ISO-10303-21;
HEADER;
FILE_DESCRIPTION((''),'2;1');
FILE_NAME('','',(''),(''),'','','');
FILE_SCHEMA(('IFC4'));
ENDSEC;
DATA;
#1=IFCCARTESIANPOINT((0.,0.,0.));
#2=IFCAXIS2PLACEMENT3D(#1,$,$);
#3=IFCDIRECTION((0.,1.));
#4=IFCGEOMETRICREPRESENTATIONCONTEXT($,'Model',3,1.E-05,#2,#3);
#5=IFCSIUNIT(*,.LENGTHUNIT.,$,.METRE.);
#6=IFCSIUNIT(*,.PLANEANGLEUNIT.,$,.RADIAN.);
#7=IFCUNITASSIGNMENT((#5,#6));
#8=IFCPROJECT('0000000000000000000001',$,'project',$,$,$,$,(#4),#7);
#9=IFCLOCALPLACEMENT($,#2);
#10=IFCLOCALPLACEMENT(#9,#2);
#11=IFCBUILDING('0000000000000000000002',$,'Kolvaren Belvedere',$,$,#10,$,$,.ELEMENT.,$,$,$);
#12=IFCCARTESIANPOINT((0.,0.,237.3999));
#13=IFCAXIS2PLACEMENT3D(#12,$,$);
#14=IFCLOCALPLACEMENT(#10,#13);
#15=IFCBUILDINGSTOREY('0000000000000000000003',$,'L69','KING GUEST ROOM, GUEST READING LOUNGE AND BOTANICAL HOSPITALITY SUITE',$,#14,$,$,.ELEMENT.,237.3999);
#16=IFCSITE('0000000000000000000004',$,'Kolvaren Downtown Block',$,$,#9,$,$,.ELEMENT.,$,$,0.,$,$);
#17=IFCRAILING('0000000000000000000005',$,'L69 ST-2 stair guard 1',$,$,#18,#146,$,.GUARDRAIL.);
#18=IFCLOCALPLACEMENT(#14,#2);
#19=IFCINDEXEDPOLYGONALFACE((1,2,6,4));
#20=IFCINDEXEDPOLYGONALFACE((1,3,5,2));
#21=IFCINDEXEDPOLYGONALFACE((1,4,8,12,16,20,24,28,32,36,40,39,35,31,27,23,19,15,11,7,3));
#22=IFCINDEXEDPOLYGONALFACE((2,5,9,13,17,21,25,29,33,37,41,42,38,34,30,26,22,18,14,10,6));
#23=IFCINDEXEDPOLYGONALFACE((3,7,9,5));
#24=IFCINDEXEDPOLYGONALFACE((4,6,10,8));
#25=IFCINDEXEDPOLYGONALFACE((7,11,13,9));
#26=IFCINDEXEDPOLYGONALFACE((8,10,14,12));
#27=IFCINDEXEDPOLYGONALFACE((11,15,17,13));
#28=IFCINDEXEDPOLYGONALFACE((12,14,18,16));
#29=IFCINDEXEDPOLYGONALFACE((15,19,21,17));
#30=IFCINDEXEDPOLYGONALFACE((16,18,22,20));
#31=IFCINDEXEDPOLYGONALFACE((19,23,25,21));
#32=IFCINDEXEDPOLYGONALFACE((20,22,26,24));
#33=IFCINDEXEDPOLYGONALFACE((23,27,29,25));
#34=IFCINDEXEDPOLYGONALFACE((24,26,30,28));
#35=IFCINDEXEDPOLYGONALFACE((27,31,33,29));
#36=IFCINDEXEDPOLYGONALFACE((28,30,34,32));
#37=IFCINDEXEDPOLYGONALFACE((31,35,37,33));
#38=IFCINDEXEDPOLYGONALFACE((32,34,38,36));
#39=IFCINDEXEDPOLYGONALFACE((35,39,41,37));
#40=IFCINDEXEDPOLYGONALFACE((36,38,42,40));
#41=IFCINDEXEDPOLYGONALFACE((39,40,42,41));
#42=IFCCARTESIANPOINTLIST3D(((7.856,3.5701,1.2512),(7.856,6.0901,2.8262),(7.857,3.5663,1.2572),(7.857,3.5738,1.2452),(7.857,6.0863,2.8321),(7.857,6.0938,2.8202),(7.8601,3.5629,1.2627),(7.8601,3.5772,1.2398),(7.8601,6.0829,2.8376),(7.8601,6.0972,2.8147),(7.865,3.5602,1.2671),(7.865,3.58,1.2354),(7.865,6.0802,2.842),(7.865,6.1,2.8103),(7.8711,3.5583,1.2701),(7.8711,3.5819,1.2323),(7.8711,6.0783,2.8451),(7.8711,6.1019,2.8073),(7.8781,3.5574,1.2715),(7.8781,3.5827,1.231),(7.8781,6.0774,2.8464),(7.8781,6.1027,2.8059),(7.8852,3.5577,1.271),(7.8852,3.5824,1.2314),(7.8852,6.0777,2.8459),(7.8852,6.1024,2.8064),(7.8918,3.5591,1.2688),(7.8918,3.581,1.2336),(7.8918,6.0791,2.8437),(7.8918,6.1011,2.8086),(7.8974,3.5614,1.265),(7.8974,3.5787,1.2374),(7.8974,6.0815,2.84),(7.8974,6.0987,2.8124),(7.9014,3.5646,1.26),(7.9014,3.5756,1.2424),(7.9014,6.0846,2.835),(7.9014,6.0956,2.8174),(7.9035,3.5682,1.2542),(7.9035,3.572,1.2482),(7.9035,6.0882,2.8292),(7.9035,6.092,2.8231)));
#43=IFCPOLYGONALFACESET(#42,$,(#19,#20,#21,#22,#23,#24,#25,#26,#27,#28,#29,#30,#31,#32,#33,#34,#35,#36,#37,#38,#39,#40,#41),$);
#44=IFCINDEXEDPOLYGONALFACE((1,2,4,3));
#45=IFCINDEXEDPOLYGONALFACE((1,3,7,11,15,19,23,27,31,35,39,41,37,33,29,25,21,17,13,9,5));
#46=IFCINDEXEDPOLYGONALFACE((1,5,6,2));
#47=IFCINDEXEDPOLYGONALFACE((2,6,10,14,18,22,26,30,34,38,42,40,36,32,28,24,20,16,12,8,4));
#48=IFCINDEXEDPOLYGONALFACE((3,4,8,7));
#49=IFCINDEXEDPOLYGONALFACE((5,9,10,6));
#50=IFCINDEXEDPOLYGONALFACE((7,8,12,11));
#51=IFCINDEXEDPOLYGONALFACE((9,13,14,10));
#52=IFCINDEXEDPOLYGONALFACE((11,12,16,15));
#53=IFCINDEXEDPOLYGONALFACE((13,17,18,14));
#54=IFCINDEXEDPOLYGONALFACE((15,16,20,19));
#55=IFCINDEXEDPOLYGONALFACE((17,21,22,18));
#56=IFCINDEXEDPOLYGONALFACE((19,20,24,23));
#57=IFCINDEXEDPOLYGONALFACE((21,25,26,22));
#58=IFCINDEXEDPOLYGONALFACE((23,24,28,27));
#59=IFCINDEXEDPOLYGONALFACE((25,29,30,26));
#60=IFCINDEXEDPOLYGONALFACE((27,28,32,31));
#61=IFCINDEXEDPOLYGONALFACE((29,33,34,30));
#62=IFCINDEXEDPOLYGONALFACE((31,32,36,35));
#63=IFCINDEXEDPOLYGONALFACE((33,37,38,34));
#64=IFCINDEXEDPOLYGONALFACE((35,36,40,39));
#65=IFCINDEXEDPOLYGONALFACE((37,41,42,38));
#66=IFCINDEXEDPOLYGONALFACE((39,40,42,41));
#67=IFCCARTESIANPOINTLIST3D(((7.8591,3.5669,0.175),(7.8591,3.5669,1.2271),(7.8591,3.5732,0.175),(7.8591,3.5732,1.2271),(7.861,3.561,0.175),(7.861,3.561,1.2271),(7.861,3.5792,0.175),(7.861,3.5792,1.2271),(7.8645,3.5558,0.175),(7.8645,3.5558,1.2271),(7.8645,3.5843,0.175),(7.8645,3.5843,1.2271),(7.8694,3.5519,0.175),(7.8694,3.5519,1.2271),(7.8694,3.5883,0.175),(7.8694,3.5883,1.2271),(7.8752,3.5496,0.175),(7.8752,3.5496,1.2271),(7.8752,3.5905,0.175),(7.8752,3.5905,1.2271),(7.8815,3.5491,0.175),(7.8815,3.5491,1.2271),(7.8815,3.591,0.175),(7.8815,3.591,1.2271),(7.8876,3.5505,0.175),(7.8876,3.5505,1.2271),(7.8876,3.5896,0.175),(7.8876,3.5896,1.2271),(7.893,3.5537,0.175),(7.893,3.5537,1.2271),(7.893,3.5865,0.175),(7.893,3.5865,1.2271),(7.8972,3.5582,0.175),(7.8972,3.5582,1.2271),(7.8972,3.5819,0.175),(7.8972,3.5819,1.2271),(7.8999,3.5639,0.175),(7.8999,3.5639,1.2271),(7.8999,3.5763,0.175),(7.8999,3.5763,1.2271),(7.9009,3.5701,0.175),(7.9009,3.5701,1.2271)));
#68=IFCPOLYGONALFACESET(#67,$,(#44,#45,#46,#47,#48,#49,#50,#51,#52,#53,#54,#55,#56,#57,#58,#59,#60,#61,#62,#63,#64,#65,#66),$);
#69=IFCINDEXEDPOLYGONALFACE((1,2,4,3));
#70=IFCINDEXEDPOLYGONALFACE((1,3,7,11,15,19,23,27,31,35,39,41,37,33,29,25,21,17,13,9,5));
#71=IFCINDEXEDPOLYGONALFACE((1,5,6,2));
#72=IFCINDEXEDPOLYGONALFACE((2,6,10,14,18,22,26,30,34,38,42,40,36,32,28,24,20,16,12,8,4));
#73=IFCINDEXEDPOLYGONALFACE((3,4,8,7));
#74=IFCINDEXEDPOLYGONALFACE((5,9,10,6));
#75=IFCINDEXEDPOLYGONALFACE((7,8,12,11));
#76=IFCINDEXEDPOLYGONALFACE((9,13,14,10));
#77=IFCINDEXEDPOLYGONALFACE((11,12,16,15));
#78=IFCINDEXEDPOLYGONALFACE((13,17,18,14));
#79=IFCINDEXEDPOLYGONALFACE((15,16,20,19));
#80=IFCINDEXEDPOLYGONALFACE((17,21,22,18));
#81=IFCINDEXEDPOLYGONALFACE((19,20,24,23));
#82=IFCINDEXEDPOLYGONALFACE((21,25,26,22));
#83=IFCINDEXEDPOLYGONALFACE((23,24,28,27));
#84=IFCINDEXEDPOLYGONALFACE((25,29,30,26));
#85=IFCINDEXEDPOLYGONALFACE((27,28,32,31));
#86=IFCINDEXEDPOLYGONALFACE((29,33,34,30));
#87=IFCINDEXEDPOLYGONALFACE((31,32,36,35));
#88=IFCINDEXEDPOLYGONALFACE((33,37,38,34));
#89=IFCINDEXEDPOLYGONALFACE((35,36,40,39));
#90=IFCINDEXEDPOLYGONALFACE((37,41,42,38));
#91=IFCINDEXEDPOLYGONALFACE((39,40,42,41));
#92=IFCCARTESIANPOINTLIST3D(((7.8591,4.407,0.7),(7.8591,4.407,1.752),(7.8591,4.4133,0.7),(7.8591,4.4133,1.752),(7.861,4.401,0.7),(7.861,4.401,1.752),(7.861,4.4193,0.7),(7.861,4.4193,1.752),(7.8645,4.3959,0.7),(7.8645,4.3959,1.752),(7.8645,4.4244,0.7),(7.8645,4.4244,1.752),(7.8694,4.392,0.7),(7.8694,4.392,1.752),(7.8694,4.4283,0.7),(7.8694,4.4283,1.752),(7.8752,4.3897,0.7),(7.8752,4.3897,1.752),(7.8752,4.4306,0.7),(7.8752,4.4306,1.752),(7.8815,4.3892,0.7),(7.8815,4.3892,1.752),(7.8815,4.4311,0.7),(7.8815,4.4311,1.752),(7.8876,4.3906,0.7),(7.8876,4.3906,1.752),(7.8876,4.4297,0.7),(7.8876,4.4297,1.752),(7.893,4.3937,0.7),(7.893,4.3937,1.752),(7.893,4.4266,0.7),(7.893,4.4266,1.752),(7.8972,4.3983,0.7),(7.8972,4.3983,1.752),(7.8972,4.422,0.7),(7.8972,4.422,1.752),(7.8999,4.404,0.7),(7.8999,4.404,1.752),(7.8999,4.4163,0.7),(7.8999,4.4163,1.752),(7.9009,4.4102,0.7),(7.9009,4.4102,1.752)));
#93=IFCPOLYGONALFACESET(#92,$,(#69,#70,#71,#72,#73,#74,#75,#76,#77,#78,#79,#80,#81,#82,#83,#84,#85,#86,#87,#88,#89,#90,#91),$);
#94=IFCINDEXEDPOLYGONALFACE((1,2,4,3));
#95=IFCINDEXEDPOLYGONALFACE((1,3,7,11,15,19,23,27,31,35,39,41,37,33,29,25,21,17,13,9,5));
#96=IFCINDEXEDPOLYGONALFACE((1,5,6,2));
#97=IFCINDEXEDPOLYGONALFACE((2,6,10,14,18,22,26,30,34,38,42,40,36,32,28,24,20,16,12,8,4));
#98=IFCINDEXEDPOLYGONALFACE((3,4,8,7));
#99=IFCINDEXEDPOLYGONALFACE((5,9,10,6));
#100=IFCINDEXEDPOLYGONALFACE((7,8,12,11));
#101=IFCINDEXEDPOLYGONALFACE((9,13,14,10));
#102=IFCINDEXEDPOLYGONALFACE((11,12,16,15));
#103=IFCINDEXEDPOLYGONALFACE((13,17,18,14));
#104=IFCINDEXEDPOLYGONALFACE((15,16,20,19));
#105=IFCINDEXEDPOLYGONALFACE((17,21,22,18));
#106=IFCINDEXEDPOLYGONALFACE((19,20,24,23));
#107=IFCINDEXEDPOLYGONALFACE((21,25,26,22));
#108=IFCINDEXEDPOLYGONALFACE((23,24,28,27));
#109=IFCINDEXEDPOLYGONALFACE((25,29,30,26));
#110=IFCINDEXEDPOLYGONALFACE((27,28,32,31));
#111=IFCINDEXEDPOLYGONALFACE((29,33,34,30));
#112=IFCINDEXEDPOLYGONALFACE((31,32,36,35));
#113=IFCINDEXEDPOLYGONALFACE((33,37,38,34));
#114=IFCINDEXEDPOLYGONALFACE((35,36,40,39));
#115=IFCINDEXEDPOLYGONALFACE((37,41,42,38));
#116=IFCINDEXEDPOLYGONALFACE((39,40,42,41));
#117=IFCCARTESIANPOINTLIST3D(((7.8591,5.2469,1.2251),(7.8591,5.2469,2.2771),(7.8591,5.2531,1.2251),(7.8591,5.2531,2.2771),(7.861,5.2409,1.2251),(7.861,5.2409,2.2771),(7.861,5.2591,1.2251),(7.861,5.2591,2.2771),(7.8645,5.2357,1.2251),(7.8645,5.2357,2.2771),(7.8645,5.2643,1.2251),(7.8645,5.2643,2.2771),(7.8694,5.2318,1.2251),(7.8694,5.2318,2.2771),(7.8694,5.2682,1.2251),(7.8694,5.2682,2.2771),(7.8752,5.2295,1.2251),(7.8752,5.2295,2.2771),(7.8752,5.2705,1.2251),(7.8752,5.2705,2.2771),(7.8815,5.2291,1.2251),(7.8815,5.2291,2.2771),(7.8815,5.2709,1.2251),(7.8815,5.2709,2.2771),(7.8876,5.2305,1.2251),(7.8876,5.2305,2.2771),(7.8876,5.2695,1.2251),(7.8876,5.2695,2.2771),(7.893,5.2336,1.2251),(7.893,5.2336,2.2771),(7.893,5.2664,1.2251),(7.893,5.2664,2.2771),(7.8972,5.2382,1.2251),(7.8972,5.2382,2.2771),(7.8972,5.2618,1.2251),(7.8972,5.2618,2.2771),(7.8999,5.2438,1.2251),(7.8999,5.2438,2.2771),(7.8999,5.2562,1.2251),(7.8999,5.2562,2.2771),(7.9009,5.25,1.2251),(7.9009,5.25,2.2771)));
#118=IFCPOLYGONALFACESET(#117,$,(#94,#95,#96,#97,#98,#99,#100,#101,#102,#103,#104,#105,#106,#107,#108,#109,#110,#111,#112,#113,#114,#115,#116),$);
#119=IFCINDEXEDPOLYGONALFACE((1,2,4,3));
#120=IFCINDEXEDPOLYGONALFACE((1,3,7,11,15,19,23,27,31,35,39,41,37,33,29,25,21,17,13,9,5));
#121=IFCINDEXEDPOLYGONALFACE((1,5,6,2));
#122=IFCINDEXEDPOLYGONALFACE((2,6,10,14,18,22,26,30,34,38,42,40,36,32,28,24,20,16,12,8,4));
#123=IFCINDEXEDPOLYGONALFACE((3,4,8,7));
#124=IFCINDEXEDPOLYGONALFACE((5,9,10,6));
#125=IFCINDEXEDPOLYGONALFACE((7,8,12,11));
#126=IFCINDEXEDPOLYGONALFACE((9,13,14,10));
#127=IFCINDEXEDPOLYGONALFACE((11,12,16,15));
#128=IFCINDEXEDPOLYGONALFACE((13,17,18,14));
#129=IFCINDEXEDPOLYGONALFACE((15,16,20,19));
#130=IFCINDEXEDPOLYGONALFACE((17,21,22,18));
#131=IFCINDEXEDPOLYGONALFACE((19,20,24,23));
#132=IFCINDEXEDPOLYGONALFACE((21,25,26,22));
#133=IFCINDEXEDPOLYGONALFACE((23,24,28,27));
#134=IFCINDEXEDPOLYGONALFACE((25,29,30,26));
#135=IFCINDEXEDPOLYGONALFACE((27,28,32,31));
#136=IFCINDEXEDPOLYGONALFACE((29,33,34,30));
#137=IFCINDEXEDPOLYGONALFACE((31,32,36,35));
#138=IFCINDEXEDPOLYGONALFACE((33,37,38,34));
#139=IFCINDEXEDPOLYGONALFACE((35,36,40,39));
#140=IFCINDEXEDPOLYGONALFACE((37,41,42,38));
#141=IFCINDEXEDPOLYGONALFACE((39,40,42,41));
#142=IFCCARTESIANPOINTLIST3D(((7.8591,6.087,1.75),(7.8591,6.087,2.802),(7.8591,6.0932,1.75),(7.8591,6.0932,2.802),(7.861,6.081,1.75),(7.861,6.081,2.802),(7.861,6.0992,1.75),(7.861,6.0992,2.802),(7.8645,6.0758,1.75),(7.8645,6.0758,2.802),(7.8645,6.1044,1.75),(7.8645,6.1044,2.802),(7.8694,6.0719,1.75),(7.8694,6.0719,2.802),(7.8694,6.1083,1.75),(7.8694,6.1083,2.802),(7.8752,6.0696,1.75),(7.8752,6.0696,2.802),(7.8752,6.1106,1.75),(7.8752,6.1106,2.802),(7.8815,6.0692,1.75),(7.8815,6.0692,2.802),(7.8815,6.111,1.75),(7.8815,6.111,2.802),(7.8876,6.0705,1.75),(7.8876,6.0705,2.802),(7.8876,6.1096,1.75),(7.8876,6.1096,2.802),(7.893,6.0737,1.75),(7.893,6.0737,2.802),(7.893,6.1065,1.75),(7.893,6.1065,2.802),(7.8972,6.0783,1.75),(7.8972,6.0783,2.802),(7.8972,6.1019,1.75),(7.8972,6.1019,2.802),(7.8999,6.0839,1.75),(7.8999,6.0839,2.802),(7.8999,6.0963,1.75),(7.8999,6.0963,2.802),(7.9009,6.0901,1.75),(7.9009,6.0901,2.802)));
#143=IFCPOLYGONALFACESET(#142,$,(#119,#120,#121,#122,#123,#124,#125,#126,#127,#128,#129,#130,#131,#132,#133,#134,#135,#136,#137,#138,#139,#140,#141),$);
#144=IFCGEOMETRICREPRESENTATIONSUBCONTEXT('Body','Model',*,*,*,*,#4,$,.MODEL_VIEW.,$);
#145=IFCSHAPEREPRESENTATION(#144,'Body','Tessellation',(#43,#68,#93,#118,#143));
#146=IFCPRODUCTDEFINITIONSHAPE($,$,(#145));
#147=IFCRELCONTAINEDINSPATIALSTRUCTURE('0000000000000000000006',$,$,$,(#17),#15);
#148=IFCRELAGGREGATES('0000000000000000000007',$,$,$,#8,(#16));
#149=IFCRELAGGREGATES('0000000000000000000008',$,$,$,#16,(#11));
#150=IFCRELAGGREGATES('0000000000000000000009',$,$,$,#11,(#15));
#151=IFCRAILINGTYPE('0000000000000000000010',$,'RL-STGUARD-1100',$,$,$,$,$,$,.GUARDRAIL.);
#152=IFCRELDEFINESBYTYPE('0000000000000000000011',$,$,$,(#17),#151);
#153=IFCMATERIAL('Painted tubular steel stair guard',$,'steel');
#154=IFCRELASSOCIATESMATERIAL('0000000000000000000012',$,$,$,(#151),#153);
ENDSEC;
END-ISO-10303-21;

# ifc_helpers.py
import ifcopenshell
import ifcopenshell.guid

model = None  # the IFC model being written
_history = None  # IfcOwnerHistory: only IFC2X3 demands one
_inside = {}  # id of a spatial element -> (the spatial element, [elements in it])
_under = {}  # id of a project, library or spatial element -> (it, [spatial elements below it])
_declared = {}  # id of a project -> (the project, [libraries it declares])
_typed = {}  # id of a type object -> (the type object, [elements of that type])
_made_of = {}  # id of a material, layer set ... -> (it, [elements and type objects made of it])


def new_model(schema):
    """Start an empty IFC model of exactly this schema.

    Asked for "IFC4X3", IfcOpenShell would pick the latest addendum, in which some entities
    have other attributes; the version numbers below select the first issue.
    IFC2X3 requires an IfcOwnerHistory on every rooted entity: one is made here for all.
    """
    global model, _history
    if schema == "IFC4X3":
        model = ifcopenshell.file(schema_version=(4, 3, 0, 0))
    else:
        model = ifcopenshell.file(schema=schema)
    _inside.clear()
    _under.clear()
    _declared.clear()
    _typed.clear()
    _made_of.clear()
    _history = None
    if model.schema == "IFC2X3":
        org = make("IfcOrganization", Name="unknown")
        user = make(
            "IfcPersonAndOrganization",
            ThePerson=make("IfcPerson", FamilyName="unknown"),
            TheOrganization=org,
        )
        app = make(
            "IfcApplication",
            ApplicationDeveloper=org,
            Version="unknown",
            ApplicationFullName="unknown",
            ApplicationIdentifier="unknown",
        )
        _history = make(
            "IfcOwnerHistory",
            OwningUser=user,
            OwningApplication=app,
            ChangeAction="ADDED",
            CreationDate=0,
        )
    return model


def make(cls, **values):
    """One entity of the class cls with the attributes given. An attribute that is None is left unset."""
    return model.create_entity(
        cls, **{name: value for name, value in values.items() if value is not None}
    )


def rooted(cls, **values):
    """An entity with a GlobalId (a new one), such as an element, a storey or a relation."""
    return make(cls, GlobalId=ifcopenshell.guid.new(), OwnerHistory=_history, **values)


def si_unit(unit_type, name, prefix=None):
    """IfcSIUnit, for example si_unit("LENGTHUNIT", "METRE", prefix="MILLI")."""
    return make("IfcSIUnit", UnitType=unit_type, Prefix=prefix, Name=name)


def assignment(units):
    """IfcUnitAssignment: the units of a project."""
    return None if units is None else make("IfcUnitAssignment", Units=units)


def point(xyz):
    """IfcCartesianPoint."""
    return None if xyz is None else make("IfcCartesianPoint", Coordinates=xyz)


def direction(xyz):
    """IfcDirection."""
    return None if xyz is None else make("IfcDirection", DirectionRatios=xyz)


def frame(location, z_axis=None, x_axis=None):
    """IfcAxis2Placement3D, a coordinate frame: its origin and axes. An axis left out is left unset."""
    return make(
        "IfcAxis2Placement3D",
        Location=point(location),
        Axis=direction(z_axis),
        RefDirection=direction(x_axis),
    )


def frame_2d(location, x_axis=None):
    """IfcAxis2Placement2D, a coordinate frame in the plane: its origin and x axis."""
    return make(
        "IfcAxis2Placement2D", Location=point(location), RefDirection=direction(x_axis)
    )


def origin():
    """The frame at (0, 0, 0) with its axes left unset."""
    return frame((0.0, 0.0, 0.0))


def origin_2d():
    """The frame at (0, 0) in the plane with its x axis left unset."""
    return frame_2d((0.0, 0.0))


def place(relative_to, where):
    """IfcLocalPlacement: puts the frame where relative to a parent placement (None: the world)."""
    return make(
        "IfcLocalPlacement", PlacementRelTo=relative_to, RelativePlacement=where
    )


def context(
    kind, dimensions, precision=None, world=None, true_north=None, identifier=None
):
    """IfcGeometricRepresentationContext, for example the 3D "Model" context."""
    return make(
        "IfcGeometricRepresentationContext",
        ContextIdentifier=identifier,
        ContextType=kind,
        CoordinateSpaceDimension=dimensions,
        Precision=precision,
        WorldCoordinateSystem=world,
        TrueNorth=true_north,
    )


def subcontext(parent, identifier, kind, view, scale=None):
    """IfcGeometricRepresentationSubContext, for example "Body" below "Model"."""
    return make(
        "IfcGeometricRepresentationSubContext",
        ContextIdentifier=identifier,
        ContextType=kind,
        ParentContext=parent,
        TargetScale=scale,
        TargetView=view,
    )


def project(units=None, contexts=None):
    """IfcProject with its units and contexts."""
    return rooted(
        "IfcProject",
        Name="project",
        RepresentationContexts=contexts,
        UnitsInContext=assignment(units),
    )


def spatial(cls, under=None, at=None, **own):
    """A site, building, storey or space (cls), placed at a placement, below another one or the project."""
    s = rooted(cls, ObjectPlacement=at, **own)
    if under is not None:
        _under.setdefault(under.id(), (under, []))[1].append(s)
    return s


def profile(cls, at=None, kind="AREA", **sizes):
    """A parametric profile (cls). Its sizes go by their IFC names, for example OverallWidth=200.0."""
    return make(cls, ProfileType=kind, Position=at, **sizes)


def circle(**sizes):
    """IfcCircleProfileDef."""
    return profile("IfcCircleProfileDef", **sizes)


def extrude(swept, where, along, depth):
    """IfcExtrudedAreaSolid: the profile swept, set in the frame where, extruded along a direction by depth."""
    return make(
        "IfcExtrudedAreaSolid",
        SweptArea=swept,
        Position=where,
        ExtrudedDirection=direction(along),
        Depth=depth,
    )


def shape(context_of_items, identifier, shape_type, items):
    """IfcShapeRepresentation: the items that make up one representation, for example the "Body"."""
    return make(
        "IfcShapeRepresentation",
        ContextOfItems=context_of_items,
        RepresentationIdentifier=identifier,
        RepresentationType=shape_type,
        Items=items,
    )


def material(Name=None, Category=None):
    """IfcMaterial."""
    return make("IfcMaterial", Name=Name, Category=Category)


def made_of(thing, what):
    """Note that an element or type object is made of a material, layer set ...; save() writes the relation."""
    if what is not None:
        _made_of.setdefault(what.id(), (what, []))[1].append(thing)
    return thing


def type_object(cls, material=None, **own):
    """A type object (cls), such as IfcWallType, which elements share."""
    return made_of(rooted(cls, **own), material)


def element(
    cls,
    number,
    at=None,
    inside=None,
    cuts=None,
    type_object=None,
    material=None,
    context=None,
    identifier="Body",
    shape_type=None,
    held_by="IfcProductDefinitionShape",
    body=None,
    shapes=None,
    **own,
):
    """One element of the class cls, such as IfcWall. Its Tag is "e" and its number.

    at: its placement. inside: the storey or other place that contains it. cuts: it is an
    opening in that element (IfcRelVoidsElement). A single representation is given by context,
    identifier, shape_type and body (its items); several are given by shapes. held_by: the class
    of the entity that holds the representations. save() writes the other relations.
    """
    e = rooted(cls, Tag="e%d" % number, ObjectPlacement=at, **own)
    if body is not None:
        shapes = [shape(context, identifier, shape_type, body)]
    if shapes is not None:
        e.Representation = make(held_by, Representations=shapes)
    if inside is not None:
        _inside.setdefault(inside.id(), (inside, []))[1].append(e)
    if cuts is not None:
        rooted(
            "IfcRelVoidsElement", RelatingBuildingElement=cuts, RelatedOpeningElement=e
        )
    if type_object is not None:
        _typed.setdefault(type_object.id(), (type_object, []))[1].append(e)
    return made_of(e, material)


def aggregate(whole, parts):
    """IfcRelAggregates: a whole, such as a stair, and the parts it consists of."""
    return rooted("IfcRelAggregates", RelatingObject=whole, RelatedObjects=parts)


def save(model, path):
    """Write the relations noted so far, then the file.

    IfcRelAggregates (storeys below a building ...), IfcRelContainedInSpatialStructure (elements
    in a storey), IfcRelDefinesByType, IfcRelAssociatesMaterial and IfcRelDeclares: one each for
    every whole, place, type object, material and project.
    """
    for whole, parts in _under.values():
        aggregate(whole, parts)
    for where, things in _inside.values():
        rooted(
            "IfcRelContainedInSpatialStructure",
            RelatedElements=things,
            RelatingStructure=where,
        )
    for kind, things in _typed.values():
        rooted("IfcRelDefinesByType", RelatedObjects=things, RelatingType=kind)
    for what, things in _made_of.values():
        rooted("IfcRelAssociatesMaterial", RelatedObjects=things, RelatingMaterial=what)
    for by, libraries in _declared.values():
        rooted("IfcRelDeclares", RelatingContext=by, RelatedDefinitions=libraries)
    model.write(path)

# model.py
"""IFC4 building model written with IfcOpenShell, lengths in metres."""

from ifc_helpers import new_model, si_unit, direction, frame, origin, origin_2d, place, context, subcontext, project, spatial, circle, extrude, material, type_object, element, save


model = new_model("IFC4")

# Units and contexts
model_context = context("Model", 3, precision=1e-05, world=origin(), true_north=direction((0.0, 1.0)))
body_context = subcontext(model_context, "Body", "Model", "MODEL_VIEW")
ifc_project = project(units=[si_unit("LENGTHUNIT", "METRE"), si_unit("PLANEANGLEUNIT", "RADIAN")], contexts=[model_context])

# Site, building, storey
site_placement = place(None, origin())
site = spatial("IfcSite", under=ifc_project, at=site_placement, Name="Kolvaren Downtown Block", CompositionType="ELEMENT", RefElevation=0.0)
building_placement = place(site_placement, origin())
building = spatial("IfcBuilding", under=site, at=building_placement, Name="Kolvaren Belvedere", CompositionType="ELEMENT")
storey_placement = place(building_placement, frame((0.0, 0.0, 237.3999)))
storey = spatial("IfcBuildingStorey", under=building, at=storey_placement, Name="L69", Description="KING GUEST ROOM, GUEST READING LOUNGE AND BOTANICAL HOSPITALITY SUITE", CompositionType="ELEMENT", Elevation=237.3999)

# Railing
ifc_material_1 = material(Name="Painted tubular steel stair guard", Category="steel")
railing_type_1 = type_object("IfcRailingType", Name="RL-STGUARD-1100", PredefinedType="GUARDRAIL", material=ifc_material_1)
railing_1_placement = place(storey_placement, frame((7.8799, 3.5701, 0.175)))
element("IfcRailing", 1, at=railing_1_placement, inside=storey, type_object=railing_type_1, Name="L69 ST-2 stair guard 1", PredefinedType="GUARDRAIL", context=body_context, shape_type="SweptSolid", body=[
    extrude(circle(Radius=0.0239, at=origin_2d()), frame((0.0, 0.0, 1.0762), z_axis=(0.0, 0.848008, 0.529984), x_axis=(-1.0, 0.0, 0.0)), (0.0, 0.0, 1.0), 2.9717),
    extrude(circle(Radius=0.021, at=origin_2d()), origin(), (0.0, 0.0, 1.0), 1.052),
    extrude(circle(Radius=0.021, at=origin_2d()), frame((0.0, 0.8401, 0.5249)), (0.0, 0.0, 1.0), 1.052),
    extrude(circle(Radius=0.021, at=origin_2d()), frame((0.0, 1.6799, 1.05)), (0.0, 0.0, 1.0), 1.052),
    extrude(circle(Radius=0.021, at=origin_2d()), frame((0.0, 2.52, 1.575)), (0.0, 0.0, 1.0), 1.052),
])

save(model, "model.ifc")
